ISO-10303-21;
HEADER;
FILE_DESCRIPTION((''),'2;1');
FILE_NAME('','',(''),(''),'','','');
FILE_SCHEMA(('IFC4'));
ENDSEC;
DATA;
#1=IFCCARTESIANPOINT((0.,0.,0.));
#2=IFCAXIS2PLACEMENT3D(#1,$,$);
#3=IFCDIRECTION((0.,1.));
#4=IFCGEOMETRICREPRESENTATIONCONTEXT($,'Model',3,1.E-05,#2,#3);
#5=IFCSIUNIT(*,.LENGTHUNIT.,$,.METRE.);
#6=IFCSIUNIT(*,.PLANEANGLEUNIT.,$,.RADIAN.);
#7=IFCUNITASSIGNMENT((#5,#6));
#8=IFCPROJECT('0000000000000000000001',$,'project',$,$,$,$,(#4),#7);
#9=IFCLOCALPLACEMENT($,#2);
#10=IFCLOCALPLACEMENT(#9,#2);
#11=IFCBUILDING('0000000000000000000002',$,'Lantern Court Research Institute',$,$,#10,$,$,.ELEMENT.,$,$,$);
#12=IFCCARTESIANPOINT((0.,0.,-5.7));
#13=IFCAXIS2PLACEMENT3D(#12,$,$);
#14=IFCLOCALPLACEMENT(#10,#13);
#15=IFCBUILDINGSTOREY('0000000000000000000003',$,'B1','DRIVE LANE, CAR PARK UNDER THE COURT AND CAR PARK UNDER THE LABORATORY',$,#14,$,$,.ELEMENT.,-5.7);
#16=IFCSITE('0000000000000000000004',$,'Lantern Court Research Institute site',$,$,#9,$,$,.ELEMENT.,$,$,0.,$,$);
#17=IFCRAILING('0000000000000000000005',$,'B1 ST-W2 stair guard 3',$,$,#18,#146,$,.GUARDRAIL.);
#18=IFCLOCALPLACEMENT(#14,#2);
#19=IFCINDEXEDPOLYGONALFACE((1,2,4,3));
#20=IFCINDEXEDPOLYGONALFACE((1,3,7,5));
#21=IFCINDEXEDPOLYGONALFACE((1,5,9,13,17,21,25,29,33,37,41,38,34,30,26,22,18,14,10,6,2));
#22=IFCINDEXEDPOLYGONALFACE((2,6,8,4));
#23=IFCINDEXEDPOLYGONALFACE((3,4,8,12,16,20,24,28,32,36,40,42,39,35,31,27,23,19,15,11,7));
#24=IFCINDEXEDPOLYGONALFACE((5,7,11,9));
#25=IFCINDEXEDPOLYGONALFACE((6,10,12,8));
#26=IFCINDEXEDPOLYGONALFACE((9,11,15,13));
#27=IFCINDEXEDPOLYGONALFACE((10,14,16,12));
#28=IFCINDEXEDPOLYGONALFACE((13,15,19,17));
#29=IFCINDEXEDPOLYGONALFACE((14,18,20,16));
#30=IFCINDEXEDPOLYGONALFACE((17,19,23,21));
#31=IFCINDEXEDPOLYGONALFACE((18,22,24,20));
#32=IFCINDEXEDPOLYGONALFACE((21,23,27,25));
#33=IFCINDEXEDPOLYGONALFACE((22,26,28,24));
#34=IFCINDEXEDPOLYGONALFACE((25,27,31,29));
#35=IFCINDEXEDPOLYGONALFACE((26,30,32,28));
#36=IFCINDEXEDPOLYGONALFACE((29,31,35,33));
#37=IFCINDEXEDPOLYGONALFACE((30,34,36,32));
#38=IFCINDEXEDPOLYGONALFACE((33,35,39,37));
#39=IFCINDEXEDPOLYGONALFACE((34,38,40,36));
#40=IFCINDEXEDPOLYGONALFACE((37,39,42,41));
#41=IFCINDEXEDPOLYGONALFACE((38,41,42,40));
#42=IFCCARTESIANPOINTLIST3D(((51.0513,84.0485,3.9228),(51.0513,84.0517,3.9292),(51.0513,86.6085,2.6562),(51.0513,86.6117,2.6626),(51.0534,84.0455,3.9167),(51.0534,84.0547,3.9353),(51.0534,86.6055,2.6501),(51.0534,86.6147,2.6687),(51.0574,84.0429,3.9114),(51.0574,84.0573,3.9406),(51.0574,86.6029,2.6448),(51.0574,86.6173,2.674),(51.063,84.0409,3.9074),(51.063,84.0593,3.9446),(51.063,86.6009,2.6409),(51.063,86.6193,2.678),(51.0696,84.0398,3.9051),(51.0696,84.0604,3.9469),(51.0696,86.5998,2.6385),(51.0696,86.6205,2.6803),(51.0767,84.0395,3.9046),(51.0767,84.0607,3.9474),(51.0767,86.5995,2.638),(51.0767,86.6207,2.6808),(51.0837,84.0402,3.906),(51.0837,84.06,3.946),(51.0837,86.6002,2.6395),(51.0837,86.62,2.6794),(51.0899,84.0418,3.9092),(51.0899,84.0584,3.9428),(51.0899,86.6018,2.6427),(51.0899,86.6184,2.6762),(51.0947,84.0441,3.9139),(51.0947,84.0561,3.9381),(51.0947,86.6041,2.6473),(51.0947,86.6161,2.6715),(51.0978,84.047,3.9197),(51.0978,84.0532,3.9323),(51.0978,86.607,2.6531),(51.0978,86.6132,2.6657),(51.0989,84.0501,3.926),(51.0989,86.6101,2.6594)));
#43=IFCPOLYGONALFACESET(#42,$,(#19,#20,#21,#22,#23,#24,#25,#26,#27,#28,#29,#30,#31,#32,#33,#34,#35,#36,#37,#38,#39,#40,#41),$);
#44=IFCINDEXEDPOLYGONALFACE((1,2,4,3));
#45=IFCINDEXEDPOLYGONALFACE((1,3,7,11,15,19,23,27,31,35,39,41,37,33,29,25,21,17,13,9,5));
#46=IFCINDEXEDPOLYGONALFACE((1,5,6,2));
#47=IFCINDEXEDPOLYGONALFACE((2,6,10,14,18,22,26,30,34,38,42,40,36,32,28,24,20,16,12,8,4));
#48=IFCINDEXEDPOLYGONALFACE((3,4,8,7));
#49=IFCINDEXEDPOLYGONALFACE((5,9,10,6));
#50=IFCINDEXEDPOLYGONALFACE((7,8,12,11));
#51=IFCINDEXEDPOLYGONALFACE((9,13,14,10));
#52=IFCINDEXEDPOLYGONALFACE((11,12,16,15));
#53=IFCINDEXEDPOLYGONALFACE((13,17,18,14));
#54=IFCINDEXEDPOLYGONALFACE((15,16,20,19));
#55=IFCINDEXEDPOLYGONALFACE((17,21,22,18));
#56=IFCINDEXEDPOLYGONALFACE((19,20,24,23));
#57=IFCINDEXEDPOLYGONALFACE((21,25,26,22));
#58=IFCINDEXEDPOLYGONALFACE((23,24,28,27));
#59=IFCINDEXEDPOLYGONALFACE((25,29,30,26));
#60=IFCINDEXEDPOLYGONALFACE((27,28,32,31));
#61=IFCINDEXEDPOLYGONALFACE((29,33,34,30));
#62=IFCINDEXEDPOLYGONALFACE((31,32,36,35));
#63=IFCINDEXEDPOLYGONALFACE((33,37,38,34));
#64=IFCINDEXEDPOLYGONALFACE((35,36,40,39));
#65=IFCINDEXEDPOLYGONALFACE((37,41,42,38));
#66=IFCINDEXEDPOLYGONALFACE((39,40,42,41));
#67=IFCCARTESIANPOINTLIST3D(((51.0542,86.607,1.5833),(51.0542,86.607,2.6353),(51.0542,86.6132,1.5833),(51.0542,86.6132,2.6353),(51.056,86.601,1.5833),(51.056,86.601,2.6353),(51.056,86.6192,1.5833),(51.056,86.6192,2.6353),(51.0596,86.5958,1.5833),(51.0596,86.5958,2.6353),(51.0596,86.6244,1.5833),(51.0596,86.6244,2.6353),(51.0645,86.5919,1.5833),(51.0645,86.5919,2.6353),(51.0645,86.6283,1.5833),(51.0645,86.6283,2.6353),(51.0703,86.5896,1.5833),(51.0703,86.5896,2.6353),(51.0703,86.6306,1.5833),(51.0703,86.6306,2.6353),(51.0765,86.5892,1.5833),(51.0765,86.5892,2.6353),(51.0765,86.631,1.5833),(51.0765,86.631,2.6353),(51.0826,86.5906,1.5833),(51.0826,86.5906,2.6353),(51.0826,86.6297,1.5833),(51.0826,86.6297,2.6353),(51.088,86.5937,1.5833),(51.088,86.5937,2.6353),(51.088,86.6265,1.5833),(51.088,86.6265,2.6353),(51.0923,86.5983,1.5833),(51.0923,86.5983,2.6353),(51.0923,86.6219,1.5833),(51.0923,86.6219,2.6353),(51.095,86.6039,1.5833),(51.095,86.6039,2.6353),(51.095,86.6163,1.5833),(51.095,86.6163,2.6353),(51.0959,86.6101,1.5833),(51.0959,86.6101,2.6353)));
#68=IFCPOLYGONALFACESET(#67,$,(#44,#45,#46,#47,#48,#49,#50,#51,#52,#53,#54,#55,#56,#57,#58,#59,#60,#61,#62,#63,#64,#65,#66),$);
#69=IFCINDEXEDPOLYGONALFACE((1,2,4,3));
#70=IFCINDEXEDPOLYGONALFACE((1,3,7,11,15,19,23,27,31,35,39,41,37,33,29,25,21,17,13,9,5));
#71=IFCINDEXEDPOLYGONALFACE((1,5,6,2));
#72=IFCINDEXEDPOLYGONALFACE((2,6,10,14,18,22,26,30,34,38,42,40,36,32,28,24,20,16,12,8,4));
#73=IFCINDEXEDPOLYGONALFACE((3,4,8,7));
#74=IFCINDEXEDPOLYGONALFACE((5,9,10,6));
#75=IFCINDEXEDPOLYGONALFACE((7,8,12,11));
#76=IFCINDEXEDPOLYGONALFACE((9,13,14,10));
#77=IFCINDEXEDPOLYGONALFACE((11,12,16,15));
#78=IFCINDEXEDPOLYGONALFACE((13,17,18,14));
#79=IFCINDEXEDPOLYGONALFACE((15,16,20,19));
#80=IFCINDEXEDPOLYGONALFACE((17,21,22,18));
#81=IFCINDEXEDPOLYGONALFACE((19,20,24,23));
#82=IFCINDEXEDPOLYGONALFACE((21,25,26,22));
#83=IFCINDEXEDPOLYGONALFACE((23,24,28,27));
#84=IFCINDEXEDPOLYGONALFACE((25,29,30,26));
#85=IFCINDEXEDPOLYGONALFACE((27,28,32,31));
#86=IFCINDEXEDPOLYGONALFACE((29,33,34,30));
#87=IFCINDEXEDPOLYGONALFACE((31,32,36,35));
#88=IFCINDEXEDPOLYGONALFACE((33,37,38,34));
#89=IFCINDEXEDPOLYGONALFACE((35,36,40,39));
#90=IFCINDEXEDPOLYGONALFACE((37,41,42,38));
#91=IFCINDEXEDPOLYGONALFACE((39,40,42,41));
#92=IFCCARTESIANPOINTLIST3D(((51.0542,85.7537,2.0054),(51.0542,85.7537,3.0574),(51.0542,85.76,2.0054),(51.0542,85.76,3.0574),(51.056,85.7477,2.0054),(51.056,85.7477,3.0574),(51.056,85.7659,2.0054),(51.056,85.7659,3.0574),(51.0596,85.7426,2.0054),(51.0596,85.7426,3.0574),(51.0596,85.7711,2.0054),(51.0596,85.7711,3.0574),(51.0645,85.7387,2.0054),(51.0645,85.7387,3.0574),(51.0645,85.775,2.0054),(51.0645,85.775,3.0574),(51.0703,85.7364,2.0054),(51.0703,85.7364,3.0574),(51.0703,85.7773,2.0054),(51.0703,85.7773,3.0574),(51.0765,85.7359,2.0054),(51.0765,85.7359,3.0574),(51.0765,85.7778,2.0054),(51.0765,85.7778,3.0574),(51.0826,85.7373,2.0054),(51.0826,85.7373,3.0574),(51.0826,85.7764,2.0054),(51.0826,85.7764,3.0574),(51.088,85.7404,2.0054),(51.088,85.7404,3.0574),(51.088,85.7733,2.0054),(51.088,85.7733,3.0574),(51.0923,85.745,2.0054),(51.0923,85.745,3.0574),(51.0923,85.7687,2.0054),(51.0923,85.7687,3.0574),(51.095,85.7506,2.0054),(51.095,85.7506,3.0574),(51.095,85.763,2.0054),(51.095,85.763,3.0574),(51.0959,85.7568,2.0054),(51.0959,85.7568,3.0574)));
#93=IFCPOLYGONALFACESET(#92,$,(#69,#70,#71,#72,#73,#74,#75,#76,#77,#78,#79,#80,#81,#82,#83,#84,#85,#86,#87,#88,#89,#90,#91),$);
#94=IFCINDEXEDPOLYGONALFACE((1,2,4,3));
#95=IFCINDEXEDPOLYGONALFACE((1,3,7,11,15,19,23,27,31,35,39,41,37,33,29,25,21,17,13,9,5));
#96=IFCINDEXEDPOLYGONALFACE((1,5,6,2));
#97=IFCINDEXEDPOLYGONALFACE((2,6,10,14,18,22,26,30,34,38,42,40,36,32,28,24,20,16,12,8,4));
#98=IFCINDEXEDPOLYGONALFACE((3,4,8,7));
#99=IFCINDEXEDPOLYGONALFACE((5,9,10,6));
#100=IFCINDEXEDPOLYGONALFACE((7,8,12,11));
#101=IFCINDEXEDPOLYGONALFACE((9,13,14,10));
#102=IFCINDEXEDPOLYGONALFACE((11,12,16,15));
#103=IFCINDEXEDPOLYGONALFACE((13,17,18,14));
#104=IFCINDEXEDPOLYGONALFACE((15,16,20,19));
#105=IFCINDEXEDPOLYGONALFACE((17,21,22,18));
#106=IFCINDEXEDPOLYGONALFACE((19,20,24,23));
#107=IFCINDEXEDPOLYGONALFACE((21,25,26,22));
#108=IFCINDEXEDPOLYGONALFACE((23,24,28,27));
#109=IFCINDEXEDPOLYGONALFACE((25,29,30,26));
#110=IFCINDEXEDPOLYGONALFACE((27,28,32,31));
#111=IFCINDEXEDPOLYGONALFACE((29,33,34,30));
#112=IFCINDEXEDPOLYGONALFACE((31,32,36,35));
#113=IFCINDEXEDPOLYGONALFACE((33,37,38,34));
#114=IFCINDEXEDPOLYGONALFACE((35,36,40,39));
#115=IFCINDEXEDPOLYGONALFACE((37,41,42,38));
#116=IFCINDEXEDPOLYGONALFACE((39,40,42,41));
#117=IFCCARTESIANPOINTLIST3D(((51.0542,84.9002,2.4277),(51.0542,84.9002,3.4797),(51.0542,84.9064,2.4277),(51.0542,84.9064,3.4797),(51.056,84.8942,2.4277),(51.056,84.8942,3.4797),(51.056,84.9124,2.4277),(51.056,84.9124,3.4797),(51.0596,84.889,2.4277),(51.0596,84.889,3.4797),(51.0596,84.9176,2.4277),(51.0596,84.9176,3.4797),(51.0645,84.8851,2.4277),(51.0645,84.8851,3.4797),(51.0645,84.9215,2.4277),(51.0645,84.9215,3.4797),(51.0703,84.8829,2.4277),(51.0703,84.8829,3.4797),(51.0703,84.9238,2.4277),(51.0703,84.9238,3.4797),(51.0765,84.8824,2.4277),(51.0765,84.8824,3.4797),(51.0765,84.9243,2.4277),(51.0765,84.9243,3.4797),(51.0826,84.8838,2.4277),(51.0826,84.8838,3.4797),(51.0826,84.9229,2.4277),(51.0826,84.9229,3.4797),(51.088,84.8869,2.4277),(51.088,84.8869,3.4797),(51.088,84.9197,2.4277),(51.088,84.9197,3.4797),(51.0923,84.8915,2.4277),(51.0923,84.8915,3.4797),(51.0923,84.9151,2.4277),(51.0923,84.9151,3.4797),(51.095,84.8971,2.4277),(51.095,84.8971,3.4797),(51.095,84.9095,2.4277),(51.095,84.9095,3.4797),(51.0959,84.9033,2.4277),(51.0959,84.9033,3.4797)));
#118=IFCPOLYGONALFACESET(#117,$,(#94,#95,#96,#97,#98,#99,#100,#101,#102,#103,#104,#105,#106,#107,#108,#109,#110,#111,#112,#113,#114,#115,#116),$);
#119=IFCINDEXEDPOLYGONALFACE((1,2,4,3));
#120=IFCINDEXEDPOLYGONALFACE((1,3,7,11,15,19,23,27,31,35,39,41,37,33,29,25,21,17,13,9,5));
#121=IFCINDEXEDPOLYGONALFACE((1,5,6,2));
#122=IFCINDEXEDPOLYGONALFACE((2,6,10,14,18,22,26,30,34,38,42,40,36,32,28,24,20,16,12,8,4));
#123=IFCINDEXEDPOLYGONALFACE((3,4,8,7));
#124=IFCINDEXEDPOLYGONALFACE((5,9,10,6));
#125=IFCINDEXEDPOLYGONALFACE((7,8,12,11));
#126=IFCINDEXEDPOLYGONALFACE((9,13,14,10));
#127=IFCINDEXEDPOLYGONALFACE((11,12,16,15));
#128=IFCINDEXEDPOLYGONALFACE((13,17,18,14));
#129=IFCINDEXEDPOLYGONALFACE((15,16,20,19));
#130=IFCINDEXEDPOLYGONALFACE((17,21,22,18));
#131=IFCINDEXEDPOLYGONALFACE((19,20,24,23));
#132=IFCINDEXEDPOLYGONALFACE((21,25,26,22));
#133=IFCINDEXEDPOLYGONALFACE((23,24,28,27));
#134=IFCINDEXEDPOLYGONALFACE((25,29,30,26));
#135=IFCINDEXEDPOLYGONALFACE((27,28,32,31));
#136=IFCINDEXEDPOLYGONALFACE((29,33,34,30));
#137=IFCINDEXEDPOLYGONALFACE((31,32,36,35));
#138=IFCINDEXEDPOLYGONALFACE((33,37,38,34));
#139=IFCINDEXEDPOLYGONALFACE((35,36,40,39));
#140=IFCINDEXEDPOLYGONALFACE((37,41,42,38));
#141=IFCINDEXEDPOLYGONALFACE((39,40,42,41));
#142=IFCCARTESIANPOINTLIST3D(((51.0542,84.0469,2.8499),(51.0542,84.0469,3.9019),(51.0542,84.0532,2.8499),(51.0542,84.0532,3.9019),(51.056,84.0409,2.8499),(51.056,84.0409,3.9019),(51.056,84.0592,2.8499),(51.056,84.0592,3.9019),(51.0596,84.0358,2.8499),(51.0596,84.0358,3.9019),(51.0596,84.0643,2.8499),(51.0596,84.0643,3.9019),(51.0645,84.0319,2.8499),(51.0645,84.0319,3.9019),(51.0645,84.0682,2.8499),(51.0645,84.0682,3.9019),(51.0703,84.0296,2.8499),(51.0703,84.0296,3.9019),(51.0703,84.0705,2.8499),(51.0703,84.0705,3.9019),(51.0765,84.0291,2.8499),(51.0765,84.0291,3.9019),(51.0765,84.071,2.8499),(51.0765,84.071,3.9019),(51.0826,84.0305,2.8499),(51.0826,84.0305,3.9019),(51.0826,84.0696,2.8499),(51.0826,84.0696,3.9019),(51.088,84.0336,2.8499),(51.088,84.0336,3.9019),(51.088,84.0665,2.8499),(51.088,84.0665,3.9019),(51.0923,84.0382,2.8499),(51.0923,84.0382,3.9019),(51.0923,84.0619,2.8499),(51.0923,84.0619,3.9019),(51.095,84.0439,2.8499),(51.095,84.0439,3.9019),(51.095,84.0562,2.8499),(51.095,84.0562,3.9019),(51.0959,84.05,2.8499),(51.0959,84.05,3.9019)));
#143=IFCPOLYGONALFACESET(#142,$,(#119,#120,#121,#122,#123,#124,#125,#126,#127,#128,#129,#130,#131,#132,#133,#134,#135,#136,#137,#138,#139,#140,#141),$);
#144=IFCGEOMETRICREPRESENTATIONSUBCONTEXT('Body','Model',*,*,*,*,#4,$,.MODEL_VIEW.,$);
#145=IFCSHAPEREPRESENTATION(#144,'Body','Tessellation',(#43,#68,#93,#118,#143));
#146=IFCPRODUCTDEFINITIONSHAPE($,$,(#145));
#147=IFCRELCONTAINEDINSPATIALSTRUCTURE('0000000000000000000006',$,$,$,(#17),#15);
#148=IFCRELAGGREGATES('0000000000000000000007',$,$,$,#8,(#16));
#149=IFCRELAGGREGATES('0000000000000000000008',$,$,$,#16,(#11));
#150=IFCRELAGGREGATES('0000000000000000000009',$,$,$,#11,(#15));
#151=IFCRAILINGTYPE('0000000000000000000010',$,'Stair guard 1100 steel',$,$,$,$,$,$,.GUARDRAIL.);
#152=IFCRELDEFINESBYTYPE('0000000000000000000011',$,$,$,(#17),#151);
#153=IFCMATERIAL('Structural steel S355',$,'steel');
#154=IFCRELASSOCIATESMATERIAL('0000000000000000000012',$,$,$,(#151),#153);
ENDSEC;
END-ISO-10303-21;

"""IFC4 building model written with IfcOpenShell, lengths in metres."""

from ifc_helpers import new_model, si_unit, direction, frame, origin, origin_2d, place, context, subcontext, project, spatial, circle, extrude, material, type_object, element, save


model = new_model("IFC4")

# Units and contexts
model_context = context("Model", 3, precision=1e-05, world=origin(), true_north=direction((0.0, 1.0)))
body_context = subcontext(model_context, "Body", "Model", "MODEL_VIEW")
ifc_project = project(units=[si_unit("LENGTHUNIT", "METRE"), si_unit("PLANEANGLEUNIT", "RADIAN")], contexts=[model_context])

# Site, building, storey
site_placement = place(None, origin())
site = spatial("IfcSite", under=ifc_project, at=site_placement, Name="Lantern Court Research Institute site", CompositionType="ELEMENT", RefElevation=0.0)
building_placement = place(site_placement, origin())
building = spatial("IfcBuilding", under=site, at=building_placement, Name="Lantern Court Research Institute", CompositionType="ELEMENT")
storey_placement = place(building_placement, frame((0.0, 0.0, -5.7)))
storey = spatial("IfcBuildingStorey", under=building, at=storey_placement, Name="B1", Description="DRIVE LANE, CAR PARK UNDER THE COURT AND CAR PARK UNDER THE LABORATORY", CompositionType="ELEMENT", Elevation=-5.7)

# Railing
ifc_material_1 = material(Name="Structural steel S355", Category="steel")
railing_type = type_object("IfcRailingType", Name="Stair guard 1100 steel", PredefinedType="GUARDRAIL", material=ifc_material_1)
railing_1_placement = place(storey_placement, frame((51.075, 86.6101, 1.5833)))
element("IfcRailing", 1, at=railing_1_placement, inside=storey, type_object=railing_type, Name="B1 ST-W2 stair guard 3", PredefinedType="GUARDRAIL", context=body_context, shape_type="SweptSolid", body=[
    extrude(circle(Radius=0.0239, at=origin_2d()), frame((0.0, 0.0, 1.0762), z_axis=(0.0, -0.8963, 0.443449), x_axis=(1.0, 0.0, 0.0)), (0.0, 0.0, 1.0), 2.8562),
    extrude(circle(Radius=0.021, at=origin_2d()), origin(), (0.0, 0.0, 1.0), 1.052),
    extrude(circle(Radius=0.021, at=origin_2d()), frame((0.0, -0.8533, 0.4221)), (0.0, 0.0, 1.0), 1.052),
    extrude(circle(Radius=0.021, at=origin_2d()), frame((0.0, -1.7068, 0.8445)), (0.0, 0.0, 1.0), 1.052),
    extrude(circle(Radius=0.021, at=origin_2d()), frame((0.0, -2.5601, 1.2666)), (0.0, 0.0, 1.0), 1.052),
])

save(model, "model.ifc")
